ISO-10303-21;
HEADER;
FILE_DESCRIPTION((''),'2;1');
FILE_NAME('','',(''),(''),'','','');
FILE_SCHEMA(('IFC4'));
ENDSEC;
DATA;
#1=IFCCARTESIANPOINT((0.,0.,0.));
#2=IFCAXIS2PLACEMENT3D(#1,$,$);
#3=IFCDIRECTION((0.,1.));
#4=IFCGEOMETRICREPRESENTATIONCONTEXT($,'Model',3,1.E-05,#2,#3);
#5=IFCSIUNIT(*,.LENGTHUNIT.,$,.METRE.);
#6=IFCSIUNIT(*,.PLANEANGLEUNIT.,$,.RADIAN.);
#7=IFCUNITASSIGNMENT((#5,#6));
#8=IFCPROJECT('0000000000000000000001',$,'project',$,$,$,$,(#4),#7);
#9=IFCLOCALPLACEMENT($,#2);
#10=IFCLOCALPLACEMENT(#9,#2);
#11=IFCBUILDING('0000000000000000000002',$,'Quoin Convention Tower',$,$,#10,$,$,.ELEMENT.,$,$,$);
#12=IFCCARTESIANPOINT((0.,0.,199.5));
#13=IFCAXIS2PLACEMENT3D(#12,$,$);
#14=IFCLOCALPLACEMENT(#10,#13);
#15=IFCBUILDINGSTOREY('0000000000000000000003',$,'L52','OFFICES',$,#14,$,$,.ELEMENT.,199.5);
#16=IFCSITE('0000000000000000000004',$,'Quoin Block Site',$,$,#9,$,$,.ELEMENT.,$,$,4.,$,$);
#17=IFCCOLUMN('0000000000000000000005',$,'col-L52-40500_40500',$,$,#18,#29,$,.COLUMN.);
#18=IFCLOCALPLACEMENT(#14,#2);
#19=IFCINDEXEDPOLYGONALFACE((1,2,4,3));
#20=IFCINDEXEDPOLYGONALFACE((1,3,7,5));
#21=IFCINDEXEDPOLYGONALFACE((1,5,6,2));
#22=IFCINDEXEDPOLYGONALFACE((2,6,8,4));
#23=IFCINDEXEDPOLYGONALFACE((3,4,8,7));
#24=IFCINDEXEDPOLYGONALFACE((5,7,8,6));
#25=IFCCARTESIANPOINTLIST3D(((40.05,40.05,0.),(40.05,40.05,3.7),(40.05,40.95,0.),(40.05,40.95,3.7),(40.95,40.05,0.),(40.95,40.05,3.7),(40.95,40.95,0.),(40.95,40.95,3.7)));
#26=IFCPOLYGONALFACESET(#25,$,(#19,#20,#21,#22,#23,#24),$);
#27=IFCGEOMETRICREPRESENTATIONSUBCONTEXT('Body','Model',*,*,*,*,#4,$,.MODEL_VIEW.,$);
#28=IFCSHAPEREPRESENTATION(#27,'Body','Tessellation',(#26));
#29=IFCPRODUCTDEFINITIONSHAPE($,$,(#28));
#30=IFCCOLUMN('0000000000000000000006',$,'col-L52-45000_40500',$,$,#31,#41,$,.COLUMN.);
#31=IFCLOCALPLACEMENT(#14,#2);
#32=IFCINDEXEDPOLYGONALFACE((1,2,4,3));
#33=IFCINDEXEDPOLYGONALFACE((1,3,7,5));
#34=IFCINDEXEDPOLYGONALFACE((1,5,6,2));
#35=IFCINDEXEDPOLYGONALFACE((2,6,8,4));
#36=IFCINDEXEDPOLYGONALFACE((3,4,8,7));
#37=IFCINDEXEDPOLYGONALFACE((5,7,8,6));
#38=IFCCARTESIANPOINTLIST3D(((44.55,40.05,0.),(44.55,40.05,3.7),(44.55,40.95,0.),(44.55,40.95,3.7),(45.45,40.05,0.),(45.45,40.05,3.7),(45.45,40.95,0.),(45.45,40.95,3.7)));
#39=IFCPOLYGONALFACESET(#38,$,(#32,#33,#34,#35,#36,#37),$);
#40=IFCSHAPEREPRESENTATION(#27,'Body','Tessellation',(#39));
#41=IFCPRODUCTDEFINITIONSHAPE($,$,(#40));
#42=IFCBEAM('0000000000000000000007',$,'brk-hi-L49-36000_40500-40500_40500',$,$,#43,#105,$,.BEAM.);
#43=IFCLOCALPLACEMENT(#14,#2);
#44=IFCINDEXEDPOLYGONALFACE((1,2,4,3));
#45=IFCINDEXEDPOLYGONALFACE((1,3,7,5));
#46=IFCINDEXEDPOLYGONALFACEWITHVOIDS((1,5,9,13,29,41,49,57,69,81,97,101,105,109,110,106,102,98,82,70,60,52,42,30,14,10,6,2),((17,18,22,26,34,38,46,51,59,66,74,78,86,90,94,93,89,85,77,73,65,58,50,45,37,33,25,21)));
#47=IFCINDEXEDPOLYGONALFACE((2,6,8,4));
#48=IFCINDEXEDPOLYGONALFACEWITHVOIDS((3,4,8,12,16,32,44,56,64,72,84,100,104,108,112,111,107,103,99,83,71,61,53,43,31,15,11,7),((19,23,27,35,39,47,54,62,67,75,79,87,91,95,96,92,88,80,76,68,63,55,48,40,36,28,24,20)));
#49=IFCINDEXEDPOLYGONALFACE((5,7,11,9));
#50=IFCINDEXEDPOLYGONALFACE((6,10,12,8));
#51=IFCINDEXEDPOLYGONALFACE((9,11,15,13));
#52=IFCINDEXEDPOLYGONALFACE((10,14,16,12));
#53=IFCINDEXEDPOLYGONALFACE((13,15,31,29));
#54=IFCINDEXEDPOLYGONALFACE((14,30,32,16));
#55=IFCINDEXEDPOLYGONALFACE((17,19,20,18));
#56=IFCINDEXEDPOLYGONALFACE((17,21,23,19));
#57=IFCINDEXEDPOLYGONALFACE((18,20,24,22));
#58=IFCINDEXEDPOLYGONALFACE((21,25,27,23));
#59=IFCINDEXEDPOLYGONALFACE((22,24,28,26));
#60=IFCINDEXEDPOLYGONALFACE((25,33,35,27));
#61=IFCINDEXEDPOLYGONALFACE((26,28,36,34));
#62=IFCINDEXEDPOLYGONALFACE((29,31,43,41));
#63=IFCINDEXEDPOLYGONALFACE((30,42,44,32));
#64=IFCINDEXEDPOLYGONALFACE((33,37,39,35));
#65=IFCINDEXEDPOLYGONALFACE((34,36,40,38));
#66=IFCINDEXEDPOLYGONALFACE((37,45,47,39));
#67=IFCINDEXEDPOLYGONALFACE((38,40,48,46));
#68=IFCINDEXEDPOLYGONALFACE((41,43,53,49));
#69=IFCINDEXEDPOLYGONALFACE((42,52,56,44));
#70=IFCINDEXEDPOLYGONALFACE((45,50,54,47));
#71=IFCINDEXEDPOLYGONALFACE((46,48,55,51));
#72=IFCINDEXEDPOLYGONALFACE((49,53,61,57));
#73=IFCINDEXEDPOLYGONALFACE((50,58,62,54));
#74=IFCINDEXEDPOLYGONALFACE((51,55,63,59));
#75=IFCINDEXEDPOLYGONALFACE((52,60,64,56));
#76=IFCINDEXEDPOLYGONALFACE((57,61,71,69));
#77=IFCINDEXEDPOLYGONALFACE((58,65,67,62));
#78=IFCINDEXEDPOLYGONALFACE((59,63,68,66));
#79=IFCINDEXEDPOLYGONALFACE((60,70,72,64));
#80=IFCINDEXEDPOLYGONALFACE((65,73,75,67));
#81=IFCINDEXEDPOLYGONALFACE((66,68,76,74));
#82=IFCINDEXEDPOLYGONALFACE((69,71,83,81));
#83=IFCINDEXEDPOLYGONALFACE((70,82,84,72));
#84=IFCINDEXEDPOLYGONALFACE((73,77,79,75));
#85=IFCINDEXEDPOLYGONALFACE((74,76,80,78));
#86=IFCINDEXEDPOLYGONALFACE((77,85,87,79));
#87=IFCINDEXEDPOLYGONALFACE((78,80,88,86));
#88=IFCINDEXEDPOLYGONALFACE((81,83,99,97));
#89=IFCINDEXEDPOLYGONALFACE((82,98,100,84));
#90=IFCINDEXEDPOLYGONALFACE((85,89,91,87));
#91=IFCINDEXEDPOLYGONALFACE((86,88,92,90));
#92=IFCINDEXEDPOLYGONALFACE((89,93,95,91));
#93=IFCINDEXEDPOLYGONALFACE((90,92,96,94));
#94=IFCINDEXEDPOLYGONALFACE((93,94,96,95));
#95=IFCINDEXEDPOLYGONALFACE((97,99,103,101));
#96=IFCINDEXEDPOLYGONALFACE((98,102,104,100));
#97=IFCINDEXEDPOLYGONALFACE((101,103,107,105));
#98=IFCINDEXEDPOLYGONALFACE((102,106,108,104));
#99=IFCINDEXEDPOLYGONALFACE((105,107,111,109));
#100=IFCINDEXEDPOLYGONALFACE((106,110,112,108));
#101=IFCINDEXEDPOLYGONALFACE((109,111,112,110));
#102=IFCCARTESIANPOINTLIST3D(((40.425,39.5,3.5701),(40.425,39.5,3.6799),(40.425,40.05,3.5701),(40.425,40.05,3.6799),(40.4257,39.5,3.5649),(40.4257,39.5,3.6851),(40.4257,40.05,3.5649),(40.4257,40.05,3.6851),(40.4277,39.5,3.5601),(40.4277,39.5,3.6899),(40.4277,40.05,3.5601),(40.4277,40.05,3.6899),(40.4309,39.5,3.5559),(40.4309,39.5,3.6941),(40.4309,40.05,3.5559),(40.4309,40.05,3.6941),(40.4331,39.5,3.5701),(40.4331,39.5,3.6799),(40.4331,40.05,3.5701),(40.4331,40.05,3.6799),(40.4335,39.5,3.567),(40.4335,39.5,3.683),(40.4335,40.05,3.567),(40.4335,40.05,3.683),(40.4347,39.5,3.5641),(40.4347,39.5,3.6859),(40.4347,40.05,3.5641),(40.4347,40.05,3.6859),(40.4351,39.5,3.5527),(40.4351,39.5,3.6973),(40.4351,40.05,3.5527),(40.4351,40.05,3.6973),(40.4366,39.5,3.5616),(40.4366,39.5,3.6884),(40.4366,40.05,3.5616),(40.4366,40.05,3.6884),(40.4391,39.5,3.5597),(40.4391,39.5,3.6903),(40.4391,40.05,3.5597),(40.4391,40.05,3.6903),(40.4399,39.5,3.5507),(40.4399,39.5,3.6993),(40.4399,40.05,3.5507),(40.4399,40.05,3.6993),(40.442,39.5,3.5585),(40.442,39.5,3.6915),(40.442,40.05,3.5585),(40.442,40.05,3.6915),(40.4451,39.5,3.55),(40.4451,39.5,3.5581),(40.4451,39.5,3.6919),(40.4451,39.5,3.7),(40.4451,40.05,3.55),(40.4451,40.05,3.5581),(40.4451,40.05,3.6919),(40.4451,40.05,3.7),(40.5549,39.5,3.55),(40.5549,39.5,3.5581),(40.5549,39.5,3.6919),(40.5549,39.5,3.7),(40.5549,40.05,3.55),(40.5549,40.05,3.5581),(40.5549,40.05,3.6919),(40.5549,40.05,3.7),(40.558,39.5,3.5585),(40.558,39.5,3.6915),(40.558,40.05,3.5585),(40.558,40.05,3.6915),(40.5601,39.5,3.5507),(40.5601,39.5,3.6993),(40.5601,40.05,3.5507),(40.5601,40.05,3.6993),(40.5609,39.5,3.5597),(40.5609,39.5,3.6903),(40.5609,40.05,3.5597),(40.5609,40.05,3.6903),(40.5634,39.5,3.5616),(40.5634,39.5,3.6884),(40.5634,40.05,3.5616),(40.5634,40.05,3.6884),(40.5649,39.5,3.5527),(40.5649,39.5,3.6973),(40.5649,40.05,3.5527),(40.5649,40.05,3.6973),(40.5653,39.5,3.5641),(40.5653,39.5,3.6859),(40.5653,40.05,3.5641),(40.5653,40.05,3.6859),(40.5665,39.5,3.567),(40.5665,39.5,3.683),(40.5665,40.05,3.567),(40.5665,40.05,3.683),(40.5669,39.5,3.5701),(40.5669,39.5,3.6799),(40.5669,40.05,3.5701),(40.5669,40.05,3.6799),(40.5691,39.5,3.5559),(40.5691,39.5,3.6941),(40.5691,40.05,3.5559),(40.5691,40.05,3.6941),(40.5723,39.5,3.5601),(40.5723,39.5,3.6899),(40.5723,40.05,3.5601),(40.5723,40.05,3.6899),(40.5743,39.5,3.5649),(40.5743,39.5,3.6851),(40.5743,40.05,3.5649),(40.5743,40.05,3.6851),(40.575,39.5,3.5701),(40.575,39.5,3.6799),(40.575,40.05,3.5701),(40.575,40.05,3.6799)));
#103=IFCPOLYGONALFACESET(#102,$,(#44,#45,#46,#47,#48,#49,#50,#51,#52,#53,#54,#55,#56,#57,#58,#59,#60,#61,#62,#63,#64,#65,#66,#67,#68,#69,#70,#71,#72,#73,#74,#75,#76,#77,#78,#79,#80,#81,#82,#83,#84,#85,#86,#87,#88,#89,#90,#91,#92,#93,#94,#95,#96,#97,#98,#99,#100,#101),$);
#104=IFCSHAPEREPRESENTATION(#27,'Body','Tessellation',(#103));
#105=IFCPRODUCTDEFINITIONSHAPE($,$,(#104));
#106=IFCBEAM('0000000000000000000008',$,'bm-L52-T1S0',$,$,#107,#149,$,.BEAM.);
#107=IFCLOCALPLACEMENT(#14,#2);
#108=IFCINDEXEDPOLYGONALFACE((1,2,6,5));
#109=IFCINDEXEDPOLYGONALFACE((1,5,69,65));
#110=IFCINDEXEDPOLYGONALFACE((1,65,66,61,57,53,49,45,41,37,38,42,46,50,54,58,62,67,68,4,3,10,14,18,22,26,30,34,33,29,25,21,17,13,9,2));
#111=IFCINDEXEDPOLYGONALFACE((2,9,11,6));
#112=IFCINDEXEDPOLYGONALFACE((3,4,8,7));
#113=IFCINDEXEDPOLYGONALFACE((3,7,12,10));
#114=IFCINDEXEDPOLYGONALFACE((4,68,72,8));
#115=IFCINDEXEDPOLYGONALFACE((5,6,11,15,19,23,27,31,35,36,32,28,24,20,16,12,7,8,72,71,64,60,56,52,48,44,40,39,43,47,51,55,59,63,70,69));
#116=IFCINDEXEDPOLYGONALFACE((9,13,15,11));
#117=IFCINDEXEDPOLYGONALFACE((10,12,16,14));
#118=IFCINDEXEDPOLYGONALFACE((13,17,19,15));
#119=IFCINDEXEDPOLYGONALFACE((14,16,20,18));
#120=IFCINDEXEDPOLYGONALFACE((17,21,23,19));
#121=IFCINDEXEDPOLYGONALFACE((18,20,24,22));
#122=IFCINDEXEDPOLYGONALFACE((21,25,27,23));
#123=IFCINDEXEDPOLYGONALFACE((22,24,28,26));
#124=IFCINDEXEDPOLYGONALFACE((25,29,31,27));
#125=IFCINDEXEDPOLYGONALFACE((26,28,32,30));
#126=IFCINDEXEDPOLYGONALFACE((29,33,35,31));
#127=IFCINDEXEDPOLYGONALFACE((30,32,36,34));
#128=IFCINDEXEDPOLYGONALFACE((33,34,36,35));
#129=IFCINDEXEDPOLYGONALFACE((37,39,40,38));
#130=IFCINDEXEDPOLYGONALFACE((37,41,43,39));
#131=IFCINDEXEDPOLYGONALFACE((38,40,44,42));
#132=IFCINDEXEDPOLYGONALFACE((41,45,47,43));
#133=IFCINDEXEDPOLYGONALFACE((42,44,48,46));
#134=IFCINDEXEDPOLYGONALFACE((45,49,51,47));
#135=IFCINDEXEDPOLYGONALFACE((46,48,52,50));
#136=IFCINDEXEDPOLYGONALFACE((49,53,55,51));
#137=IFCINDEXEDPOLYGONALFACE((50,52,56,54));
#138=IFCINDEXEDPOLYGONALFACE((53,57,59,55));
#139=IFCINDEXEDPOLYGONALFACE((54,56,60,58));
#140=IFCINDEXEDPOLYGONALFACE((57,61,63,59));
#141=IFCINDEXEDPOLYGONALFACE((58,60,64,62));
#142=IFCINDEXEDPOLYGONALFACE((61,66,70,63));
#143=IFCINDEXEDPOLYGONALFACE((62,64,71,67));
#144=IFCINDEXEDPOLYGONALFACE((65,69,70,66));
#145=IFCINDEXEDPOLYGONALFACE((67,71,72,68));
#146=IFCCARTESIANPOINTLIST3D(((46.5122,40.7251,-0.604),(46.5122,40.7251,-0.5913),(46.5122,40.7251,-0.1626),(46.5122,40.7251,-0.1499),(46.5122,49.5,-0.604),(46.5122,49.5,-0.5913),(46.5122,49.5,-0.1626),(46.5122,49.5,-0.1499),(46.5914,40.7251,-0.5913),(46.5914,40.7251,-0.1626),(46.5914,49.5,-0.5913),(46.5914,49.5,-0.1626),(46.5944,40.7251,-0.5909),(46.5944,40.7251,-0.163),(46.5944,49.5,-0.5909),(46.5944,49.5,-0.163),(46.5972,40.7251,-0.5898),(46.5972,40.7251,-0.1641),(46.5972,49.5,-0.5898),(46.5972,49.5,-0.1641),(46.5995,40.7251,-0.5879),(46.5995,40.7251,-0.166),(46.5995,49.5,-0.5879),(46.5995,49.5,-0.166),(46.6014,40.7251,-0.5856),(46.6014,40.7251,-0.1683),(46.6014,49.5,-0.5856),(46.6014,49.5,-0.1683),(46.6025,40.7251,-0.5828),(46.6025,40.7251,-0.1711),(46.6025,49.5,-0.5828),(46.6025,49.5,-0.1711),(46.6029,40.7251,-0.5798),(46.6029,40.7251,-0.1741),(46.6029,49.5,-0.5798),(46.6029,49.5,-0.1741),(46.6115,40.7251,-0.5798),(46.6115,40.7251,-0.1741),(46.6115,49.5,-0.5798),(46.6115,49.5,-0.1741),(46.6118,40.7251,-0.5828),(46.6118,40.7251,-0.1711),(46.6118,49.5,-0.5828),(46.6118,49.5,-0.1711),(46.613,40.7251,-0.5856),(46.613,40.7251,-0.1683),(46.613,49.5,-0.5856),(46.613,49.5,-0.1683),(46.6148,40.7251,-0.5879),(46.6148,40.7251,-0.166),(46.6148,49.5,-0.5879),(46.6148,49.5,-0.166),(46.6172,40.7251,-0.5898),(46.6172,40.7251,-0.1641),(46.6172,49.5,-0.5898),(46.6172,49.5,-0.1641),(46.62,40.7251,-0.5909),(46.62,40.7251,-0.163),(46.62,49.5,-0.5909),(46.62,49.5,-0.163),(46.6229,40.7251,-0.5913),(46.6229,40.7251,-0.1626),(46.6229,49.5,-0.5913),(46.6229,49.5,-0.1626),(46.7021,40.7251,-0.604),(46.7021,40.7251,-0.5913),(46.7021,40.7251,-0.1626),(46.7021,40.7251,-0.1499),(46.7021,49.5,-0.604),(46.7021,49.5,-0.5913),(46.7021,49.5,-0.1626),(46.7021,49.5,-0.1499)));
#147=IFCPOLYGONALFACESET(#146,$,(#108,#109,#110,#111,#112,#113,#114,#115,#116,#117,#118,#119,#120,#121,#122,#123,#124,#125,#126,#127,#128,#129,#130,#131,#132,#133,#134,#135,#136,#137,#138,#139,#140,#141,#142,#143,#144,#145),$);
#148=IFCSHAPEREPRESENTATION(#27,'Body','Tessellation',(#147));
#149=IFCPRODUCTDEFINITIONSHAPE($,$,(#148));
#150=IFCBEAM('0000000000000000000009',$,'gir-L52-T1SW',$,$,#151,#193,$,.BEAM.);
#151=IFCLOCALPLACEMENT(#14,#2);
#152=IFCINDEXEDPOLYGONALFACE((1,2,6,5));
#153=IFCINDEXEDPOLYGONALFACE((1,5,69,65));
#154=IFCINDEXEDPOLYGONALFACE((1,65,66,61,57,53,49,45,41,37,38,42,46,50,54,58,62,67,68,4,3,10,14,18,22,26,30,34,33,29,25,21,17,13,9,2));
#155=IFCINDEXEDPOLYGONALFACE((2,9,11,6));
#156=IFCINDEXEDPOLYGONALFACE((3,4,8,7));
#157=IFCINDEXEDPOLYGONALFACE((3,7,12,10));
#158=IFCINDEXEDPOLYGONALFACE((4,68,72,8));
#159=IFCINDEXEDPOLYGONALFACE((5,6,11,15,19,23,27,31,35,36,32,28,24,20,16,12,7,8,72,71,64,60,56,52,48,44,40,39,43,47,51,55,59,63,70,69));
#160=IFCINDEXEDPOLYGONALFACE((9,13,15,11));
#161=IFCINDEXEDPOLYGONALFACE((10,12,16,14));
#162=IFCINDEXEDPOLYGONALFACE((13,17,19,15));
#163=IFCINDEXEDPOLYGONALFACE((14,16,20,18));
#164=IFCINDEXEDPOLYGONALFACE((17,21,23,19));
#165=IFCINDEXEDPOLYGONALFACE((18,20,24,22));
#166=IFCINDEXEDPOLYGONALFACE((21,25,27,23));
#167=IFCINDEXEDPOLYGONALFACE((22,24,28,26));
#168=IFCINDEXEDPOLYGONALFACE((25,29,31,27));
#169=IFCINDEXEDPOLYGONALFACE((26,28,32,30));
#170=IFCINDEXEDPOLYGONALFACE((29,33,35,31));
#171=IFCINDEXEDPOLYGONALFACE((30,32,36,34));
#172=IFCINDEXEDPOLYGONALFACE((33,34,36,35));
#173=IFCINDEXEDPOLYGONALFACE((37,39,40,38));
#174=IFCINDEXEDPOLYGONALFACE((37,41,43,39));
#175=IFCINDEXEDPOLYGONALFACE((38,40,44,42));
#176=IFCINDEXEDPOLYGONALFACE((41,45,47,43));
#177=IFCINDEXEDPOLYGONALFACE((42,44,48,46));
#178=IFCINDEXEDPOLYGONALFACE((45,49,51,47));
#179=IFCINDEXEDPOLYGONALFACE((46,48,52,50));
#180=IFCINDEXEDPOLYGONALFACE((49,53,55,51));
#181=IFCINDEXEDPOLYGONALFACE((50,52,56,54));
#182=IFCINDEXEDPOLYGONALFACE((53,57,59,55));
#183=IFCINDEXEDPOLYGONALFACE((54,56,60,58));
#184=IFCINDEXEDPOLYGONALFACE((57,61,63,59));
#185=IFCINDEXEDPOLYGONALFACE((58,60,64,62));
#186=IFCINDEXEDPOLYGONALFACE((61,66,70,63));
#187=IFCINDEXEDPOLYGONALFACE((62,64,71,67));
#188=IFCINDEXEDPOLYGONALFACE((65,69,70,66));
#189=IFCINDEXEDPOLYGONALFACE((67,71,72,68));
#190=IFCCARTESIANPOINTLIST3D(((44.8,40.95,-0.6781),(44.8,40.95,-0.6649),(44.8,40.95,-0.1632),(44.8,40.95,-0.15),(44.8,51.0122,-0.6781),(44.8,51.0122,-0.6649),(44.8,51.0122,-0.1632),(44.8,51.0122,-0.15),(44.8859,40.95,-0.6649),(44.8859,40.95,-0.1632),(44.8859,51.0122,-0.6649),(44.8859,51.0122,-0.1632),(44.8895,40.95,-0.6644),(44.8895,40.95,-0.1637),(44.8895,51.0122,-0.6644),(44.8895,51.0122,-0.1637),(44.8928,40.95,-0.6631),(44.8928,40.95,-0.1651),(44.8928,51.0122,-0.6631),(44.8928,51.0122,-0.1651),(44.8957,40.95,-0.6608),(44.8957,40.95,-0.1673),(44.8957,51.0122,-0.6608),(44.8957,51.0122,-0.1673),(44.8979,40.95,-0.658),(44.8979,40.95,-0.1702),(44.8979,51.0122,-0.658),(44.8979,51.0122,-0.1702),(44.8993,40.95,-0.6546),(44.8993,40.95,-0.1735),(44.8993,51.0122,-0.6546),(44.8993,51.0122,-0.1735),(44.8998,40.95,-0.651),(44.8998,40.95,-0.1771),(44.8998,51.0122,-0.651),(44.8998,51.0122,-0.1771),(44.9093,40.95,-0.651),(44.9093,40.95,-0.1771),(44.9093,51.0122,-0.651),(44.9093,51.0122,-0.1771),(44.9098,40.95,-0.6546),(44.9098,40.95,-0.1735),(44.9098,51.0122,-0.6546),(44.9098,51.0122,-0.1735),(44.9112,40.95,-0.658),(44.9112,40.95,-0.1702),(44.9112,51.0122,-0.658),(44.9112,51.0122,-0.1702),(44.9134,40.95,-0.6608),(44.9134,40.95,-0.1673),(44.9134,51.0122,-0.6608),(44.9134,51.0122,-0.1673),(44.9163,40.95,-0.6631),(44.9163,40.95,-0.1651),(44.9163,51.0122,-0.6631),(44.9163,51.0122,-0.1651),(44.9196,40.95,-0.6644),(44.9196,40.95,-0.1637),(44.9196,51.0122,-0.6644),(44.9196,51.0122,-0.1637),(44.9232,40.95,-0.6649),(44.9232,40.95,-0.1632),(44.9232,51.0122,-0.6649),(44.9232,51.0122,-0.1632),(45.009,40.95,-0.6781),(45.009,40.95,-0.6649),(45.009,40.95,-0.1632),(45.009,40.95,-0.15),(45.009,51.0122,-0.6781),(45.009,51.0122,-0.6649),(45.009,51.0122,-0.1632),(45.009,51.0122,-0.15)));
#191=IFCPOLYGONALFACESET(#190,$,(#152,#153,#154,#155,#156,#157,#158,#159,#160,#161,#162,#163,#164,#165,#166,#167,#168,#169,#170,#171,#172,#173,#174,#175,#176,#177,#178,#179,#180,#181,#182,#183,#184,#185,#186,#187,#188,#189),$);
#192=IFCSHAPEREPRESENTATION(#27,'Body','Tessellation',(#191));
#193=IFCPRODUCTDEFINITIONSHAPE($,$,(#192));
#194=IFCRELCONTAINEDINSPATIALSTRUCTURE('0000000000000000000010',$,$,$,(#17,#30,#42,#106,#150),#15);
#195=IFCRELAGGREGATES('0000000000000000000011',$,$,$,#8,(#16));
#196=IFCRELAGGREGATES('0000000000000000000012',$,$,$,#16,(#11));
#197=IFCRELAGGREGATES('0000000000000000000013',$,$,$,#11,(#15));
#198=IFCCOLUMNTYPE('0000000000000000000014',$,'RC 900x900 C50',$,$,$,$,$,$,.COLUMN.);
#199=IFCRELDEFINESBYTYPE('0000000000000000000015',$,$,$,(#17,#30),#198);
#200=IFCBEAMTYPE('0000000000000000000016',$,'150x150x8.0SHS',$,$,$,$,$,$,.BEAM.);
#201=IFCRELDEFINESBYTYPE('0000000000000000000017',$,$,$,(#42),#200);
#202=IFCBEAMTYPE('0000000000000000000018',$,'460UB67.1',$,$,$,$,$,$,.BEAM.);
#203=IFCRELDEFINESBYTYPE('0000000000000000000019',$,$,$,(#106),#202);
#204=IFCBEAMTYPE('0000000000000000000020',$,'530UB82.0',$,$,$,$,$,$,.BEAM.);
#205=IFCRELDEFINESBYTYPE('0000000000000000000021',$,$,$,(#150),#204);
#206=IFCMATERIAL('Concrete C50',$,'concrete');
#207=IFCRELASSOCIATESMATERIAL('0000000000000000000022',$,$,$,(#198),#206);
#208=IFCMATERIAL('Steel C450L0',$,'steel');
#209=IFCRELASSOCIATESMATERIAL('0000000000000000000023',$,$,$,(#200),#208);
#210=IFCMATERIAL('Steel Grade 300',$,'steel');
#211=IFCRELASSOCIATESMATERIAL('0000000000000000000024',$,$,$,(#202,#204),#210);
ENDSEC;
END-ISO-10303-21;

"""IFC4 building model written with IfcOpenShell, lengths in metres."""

from ifc_helpers import new_model, si_unit, direction, frame, origin, origin_2d, place, context, subcontext, project, spatial, rectangle, hollow_rectangle, i_section, extrude, material, material_profile, profile_set, type_object, element, save


model = new_model("IFC4")

# Units and contexts
model_context = context("Model", 3, precision=1e-05, world=origin(), true_north=direction((0.0, 1.0)))
body_context = subcontext(model_context, "Body", "Model", "MODEL_VIEW")
ifc_project = project(units=[si_unit("LENGTHUNIT", "METRE"), si_unit("PLANEANGLEUNIT", "RADIAN")], contexts=[model_context])

# Site, building, storey
site_placement = place(None, origin())
site = spatial("IfcSite", under=ifc_project, at=site_placement, Name="Quoin Block Site", CompositionType="ELEMENT", RefElevation=4.0)
building_placement = place(site_placement, origin())
building = spatial("IfcBuilding", under=site, at=building_placement, Name="Quoin Convention Tower", CompositionType="ELEMENT")
storey_placement = place(building_placement, frame((0.0, 0.0, 199.5)))
storey = spatial("IfcBuildingStorey", under=building, at=storey_placement, Name="L52", Description="OFFICES", CompositionType="ELEMENT", Elevation=199.5)

# Columns
ifc_material_1 = material(Name="Concrete C50", Category="concrete")
ifc_material_profile_1 = material_profile(ifc_material_1, rectangle(XDim=0.8999, YDim=0.8999, at=origin_2d()), Name="RC 900x900")
ifc_profile_set_1 = profile_set([ifc_material_profile_1], Name="Concrete C50")
column_type = type_object("IfcColumnType", Name="RC 900x900 C50", PredefinedType="COLUMN", material=ifc_profile_set_1)
for number, where, z_axis, x_axis, name in (
    (1, (40.5, 40.5, 0.0), (0.0, 0.0, 1.0), (1.0, 0.0, 0.0), "col-L52-40500_40500"),
    (2, (45.0, 40.5, 0.0), (0.0, 0.0, 1.0), (1.0, 0.0, 0.0), "col-L52-45000_40500"),
):
    element("IfcColumn", number, at=place(storey_placement, frame(where, z_axis=z_axis, x_axis=x_axis)), inside=storey, type_object=column_type, Name=name, PredefinedType="COLUMN", context=body_context, shape_type="SweptSolid", body=[
        extrude(rectangle(XDim=0.8999, YDim=0.8999, at=origin_2d()), origin(), (0.0, 0.0, 1.0), 3.7),
    ])

# Beams
ifc_material_2 = material(Name="Steel C450L0", Category="steel")
ifc_material_profile_2 = material_profile(ifc_material_2, hollow_rectangle(XDim=0.1499, YDim=0.1499, WallThickness=0.0081, InnerFilletRadius=0.012, OuterFilletRadius=0.02, at=origin_2d()), Name="150x150x8.0SHS")
ifc_profile_set_2 = profile_set([ifc_material_profile_2], Name="Steel C450L0")
beam_type_1 = type_object("IfcBeamType", Name="150x150x8.0SHS", PredefinedType="BEAM", material=ifc_profile_set_2)
beam_1_placement = place(storey_placement, frame((40.5, 40.05, 3.625), z_axis=(0.0, -1.0, 0.0), x_axis=(1.0, 0.0, 0.0)))
element("IfcBeam", 3, at=beam_1_placement, inside=storey, type_object=beam_type_1, Name="brk-hi-L49-36000_40500-40500_40500", PredefinedType="BEAM", context=body_context, shape_type="SweptSolid", body=[
    extrude(hollow_rectangle(XDim=0.1499, YDim=0.1499, WallThickness=0.0081, InnerFilletRadius=0.012, OuterFilletRadius=0.02, at=origin_2d()), origin(), (0.0, 0.0, 1.0), 0.55),
])
ifc_material_3 = material(Name="Steel Grade 300", Category="steel")
ifc_material_profile_3 = material_profile(ifc_material_3, i_section(OverallWidth=0.1899, OverallDepth=0.4541, WebThickness=0.0085, FlangeThickness=0.0127, FilletRadius=0.0115, at=origin_2d()), Name="460UB67.1")
ifc_profile_set_3 = profile_set([ifc_material_profile_3], Name="Steel Grade 300")
beam_type_2 = type_object("IfcBeamType", Name="460UB67.1", PredefinedType="BEAM", material=ifc_profile_set_3)
beam_2_placement = place(storey_placement, frame((46.6072, 40.7251, -0.377), z_axis=(0.0, 1.0, 0.0), x_axis=(-1.0, 0.0, 0.0)))
element("IfcBeam", 4, at=beam_2_placement, inside=storey, type_object=beam_type_2, Name="bm-L52-T1S0", PredefinedType="BEAM", context=body_context, shape_type="SweptSolid", body=[
    extrude(i_section(OverallWidth=0.1899, OverallDepth=0.4541, WebThickness=0.0085, FlangeThickness=0.0127, FilletRadius=0.0115, at=origin_2d()), origin(), (0.0, 0.0, 1.0), 8.7749),
])
ifc_material_profile_4 = material_profile(ifc_material_3, i_section(OverallWidth=0.209, OverallDepth=0.5281, WebThickness=0.0095, FlangeThickness=0.0132, FilletRadius=0.0139, at=origin_2d()), Name="530UB82.0")
ifc_profile_set_4 = profile_set([ifc_material_profile_4], Name="Steel Grade 300")
beam_type_3 = type_object("IfcBeamType", Name="530UB82.0", PredefinedType="BEAM", material=ifc_profile_set_4)
beam_3_placement = place(storey_placement, frame((44.9045, 40.95, -0.4141), z_axis=(0.0, 1.0, 0.0), x_axis=(-1.0, 0.0, 0.0)))
element("IfcBeam", 5, at=beam_3_placement, inside=storey, type_object=beam_type_3, Name="gir-L52-T1SW", PredefinedType="BEAM", context=body_context, shape_type="SweptSolid", body=[
    extrude(i_section(OverallWidth=0.209, OverallDepth=0.5281, WebThickness=0.0095, FlangeThickness=0.0132, FilletRadius=0.0139, at=origin_2d()), origin(), (0.0, 0.0, 1.0), 10.0623),
])

save(model, "model.ifc")
